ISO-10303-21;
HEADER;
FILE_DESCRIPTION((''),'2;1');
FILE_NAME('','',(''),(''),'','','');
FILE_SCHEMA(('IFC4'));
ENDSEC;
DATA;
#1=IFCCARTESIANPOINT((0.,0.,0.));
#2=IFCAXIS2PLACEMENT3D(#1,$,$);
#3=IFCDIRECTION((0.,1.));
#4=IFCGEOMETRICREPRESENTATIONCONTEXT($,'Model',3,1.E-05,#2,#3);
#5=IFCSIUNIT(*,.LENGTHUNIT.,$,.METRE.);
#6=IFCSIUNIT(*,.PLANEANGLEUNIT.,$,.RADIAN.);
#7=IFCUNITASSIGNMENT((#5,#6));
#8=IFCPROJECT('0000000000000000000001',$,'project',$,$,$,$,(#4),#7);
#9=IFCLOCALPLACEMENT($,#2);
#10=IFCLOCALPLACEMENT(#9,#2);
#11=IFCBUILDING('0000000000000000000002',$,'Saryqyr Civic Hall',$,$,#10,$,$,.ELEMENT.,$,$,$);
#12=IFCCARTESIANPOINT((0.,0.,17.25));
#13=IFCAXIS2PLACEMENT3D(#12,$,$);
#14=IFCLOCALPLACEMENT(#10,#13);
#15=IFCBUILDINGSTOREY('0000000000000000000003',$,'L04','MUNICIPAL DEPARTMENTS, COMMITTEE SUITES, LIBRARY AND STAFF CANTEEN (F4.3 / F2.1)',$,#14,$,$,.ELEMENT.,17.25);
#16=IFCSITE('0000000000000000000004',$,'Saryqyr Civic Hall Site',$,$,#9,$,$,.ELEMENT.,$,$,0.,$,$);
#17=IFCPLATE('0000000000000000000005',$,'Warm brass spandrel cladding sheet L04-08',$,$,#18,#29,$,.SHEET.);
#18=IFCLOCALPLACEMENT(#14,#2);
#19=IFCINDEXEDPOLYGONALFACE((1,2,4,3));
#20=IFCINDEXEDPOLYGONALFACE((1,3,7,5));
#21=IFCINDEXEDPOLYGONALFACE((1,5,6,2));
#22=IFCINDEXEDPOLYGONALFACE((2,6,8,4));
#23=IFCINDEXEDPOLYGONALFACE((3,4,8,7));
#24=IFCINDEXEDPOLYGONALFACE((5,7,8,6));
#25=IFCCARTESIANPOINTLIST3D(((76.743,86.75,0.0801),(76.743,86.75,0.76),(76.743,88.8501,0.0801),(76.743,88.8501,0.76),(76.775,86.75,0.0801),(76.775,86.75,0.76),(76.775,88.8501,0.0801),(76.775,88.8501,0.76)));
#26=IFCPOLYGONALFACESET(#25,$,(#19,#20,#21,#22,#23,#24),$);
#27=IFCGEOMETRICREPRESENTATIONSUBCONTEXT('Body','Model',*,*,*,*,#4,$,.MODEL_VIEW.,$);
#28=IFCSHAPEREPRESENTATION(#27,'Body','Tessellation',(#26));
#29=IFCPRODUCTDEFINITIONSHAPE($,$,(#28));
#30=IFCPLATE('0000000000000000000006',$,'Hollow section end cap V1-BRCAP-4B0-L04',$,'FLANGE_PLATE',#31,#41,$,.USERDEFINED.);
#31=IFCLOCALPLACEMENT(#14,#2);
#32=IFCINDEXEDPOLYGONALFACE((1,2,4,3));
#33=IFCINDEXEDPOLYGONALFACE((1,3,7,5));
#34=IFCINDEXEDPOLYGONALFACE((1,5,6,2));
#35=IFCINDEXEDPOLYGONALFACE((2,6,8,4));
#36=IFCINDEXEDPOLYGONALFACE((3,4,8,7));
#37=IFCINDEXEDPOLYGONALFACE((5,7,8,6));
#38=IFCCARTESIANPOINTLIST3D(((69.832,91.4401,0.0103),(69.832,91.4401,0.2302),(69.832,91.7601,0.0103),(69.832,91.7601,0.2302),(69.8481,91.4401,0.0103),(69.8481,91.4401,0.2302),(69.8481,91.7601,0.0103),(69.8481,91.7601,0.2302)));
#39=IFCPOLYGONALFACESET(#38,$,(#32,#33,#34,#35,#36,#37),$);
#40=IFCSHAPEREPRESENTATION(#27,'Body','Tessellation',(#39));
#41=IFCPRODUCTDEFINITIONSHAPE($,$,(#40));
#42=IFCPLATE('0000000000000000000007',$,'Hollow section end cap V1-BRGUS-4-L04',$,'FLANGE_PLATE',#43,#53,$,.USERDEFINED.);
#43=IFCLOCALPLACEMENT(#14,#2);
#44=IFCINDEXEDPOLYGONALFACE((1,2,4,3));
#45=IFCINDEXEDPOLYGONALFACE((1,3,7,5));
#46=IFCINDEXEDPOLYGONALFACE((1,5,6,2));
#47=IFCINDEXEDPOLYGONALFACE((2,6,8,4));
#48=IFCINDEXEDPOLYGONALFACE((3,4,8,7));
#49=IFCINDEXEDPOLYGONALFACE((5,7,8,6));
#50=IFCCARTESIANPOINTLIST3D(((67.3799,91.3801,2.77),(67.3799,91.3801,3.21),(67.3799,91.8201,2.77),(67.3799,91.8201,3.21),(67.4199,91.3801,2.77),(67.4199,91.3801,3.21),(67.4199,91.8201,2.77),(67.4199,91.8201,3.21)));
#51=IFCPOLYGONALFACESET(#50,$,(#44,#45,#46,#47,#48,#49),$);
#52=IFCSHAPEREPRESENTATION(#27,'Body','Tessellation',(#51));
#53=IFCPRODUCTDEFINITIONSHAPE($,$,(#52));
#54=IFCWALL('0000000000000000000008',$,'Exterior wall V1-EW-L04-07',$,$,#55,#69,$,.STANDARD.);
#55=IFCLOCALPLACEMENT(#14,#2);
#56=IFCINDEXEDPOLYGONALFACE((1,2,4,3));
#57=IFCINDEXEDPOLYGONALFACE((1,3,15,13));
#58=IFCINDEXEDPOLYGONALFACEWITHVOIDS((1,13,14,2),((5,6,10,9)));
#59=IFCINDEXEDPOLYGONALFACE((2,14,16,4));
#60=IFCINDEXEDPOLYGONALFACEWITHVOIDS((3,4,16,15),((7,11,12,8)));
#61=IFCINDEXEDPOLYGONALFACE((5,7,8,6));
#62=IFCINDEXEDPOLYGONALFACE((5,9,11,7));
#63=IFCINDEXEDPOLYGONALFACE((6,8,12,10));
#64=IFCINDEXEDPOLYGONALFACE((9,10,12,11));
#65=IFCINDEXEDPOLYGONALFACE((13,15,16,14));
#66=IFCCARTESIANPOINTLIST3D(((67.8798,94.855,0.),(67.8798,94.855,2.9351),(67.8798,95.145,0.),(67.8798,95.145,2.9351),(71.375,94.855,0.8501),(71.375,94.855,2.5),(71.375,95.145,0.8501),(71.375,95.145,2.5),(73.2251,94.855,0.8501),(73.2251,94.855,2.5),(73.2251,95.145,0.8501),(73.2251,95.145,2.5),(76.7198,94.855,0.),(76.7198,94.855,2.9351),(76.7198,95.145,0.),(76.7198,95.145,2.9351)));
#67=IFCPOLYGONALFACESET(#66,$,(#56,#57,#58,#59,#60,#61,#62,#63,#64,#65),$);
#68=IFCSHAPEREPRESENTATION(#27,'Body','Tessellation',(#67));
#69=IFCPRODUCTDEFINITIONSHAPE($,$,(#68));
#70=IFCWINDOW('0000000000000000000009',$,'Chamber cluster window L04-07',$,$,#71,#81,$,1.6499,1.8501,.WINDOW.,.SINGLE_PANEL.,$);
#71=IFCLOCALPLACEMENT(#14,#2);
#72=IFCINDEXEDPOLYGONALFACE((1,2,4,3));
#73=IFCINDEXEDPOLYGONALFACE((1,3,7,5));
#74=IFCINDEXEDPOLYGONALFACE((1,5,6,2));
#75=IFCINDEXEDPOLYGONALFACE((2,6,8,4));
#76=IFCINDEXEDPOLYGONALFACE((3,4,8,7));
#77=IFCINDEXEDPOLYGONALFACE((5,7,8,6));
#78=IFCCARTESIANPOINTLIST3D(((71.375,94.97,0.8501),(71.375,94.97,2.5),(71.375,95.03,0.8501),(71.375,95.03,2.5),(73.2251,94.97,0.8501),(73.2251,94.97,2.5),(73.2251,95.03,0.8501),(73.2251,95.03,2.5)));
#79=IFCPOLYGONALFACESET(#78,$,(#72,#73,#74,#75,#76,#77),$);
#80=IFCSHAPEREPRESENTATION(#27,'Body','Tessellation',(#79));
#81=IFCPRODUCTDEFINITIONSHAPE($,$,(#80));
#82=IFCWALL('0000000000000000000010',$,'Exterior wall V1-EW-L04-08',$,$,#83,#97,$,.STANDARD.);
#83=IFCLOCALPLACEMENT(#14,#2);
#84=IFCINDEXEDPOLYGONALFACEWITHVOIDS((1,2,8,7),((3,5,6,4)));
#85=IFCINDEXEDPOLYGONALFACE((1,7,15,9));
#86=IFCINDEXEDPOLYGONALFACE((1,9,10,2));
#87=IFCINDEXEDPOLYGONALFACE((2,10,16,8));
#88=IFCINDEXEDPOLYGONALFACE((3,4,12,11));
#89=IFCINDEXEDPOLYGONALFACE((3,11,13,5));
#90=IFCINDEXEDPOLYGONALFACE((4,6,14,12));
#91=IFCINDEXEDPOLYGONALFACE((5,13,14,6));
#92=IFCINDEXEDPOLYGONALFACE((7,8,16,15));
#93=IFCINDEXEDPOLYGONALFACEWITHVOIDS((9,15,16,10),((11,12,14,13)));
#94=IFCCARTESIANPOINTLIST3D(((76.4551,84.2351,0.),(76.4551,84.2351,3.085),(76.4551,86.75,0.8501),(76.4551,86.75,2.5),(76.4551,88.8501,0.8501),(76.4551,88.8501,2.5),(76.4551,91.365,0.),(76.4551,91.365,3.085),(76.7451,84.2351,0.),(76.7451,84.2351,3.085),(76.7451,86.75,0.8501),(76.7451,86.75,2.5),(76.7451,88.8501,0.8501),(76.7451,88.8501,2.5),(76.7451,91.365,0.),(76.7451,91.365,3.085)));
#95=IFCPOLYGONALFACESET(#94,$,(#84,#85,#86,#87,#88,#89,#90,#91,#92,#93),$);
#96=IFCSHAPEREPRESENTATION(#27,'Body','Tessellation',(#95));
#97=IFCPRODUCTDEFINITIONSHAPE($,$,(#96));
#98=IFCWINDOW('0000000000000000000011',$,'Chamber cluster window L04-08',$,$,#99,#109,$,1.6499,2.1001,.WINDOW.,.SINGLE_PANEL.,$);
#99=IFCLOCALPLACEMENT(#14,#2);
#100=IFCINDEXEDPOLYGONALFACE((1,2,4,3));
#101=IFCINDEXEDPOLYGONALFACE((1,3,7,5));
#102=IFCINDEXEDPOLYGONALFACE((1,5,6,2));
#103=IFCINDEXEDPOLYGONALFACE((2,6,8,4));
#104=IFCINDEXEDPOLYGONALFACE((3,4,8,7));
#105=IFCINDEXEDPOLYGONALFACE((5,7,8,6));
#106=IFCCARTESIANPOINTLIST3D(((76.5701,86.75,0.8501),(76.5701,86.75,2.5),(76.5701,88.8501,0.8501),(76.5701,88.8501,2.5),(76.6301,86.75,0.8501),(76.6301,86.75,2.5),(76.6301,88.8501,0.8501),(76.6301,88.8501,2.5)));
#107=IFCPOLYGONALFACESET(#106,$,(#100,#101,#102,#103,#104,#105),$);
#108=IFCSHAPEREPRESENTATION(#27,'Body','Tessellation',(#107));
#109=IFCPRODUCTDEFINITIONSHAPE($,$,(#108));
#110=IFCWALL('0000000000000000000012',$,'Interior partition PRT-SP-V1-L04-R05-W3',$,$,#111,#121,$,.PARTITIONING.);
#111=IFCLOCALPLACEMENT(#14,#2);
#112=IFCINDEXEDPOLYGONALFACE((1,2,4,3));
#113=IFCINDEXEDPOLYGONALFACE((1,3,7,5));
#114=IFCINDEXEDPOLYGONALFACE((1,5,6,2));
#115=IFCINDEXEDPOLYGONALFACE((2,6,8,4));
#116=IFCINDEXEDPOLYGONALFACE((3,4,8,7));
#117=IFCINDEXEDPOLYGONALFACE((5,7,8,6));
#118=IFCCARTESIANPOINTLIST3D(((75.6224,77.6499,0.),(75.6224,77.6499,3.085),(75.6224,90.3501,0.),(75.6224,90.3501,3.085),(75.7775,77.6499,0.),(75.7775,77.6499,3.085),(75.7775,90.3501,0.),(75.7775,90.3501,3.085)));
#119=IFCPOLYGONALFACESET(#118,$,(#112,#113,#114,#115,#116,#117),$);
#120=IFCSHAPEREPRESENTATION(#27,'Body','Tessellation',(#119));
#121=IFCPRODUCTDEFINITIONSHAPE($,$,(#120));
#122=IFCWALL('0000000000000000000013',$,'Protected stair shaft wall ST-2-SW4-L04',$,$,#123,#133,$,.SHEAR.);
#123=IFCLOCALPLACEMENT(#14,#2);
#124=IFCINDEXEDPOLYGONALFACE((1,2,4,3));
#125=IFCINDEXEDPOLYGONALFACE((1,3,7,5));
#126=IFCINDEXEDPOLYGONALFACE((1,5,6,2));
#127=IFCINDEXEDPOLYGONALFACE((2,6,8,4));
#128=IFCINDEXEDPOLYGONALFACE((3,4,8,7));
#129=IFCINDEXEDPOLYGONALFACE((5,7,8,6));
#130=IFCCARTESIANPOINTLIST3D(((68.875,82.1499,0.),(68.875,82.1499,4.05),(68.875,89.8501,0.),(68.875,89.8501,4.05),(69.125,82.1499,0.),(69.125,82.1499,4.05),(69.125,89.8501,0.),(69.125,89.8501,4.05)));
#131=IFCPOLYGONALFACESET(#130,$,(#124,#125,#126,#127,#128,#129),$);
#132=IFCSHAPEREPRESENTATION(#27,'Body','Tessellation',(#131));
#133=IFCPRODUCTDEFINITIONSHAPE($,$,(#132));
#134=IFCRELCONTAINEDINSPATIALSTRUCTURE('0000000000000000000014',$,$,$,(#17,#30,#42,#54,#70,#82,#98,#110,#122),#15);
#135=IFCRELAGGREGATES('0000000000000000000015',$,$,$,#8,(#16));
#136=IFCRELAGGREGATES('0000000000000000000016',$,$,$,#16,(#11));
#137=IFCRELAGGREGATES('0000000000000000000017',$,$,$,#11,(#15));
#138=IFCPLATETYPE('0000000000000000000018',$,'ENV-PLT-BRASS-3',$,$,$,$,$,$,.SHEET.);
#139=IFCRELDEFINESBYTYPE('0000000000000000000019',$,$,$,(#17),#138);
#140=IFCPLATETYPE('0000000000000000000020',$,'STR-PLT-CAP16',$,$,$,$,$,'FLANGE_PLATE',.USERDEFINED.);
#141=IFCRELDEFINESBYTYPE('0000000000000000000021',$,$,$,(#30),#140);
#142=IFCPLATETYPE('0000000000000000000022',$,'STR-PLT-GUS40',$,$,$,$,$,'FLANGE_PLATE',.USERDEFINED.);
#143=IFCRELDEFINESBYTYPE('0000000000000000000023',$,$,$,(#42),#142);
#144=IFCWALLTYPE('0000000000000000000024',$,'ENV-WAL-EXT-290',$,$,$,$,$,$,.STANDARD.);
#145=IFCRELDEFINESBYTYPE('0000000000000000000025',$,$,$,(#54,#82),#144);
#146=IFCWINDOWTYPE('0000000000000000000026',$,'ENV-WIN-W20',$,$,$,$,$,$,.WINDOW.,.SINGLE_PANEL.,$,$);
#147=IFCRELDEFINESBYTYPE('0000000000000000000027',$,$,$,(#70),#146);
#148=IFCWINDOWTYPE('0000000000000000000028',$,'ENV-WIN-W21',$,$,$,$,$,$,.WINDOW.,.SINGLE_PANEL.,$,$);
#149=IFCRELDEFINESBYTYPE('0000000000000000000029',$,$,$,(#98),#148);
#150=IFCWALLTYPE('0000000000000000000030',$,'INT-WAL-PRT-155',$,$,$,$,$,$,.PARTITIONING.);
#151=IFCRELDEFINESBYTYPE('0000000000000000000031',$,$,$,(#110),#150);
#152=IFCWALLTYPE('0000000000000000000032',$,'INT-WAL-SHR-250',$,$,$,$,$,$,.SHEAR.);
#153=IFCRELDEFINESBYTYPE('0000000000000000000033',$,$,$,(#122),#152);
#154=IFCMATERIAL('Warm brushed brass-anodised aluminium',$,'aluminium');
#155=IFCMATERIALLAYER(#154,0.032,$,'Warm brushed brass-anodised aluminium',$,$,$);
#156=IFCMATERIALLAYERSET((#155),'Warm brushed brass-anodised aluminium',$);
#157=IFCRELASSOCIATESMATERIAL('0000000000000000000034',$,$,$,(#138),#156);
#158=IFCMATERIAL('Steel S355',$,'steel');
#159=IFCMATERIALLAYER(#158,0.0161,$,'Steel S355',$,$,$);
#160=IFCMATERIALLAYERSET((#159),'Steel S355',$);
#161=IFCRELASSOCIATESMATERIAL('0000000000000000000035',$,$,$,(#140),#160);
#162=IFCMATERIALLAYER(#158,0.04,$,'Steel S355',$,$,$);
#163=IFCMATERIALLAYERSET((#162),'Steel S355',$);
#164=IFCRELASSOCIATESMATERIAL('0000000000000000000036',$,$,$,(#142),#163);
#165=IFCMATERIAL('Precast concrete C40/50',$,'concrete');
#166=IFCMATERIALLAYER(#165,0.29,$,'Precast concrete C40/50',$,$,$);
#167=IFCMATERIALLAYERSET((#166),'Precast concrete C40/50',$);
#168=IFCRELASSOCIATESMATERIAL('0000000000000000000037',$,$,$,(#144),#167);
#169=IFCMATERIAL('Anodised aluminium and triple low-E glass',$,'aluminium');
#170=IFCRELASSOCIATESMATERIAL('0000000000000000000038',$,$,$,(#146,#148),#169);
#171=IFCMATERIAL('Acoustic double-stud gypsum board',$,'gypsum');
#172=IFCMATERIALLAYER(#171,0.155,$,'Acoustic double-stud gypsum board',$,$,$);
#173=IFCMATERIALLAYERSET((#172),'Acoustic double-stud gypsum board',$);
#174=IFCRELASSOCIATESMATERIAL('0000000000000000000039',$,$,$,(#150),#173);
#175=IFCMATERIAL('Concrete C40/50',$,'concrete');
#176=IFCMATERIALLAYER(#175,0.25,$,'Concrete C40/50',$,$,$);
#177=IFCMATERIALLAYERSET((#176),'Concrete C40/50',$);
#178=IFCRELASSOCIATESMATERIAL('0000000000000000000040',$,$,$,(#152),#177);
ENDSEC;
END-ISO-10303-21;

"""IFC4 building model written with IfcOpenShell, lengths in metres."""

from ifc_helpers import new_model, si_unit, direction, frame, frame_2d, origin, origin_2d, place, context, subcontext, project, spatial, rectangle, extrude, material, layer, layer_set, type_object, element, fill, save


model = new_model("IFC4")

# Units and contexts
model_context = context("Model", 3, precision=1e-05, world=origin(), true_north=direction((0.0, 1.0)))
body_context = subcontext(model_context, "Body", "Model", "MODEL_VIEW")
ifc_project = project(units=[si_unit("LENGTHUNIT", "METRE"), si_unit("PLANEANGLEUNIT", "RADIAN")], contexts=[model_context])

# Site, building, storey
site_placement = place(None, origin())
site = spatial("IfcSite", under=ifc_project, at=site_placement, Name="Saryqyr Civic Hall Site", CompositionType="ELEMENT", RefElevation=0.0)
building_placement = place(site_placement, origin())
building = spatial("IfcBuilding", under=site, at=building_placement, Name="Saryqyr Civic Hall", CompositionType="ELEMENT")
storey_placement = place(building_placement, frame((0.0, 0.0, 17.25)))
storey = spatial("IfcBuildingStorey", under=building, at=storey_placement, Name="L04", Description="MUNICIPAL DEPARTMENTS, COMMITTEE SUITES, LIBRARY AND STAFF CANTEEN (F4.3 / F2.1)", CompositionType="ELEMENT", Elevation=17.25)

# Shared definitions
ifc_material_1 = material(Name="Concrete C40/50", Category="concrete")

# Shared definitions
ifc_material_2 = material(Name="Steel S355", Category="steel")

# Plates
ifc_material_3 = material(Name="Warm brushed brass-anodised aluminium", Category="aluminium")
ifc_layer_1 = layer(ifc_material_3, 0.032, Name="Warm brushed brass-anodised aluminium")
ifc_layer_set_1 = layer_set([ifc_layer_1], Name="Warm brushed brass-anodised aluminium")
plate_type_1 = type_object("IfcPlateType", Name="ENV-PLT-BRASS-3", PredefinedType="SHEET", material=ifc_layer_set_1)
plate_1_placement = place(storey_placement, frame((76.759, 87.8, 0.0801), z_axis=(0.0, 0.0, 1.0), x_axis=(0.0, -1.0, 0.0)))
element("IfcPlate", 1, at=plate_1_placement, inside=storey, type_object=plate_type_1, Name="Warm brass spandrel cladding sheet L04-08", PredefinedType="SHEET", context=body_context, shape_type="SweptSolid", body=[
    extrude(rectangle(XDim=2.1001, YDim=0.032, at=origin_2d()), origin(), (0.0, 0.0, 1.0), 0.6799),
])
ifc_layer_2 = layer(ifc_material_2, 0.0161, Name="Steel S355")
ifc_layer_set_2 = layer_set([ifc_layer_2], Name="Steel S355")
plate_type_2 = type_object("IfcPlateType", Name="STR-PLT-CAP16", ElementType="FLANGE_PLATE", PredefinedType="USERDEFINED", material=ifc_layer_set_2)
plate_2_placement = place(storey_placement, frame((69.8401, 91.6001, 0.0103), z_axis=(0.0, 0.0, 1.0), x_axis=(1.0, 0.0, 0.0)))
element("IfcPlate", 2, at=plate_2_placement, inside=storey, type_object=plate_type_2, Name="Hollow section end cap V1-BRCAP-4B0-L04", ObjectType="FLANGE_PLATE", PredefinedType="USERDEFINED", context=body_context, shape_type="SweptSolid", body=[
    extrude(rectangle(XDim=0.0161, YDim=0.3201, at=origin_2d()), origin(), (0.0, 0.0, 1.0), 0.22),
])
ifc_layer_3 = layer(ifc_material_2, 0.04, Name="Steel S355")
ifc_layer_set_3 = layer_set([ifc_layer_3], Name="Steel S355")
plate_type_3 = type_object("IfcPlateType", Name="STR-PLT-GUS40", ElementType="FLANGE_PLATE", PredefinedType="USERDEFINED", material=ifc_layer_set_3)
plate_3_placement = place(storey_placement, frame((67.3999, 91.6001, 2.77), z_axis=(0.0, 0.0, 1.0), x_axis=(1.0, 0.0, 0.0)))
element("IfcPlate", 3, at=plate_3_placement, inside=storey, type_object=plate_type_3, Name="Hollow section end cap V1-BRGUS-4-L04", ObjectType="FLANGE_PLATE", PredefinedType="USERDEFINED", context=body_context, shape_type="SweptSolid", body=[
    extrude(rectangle(XDim=0.04, YDim=0.4399, at=origin_2d()), origin(), (0.0, 0.0, 1.0), 0.4399),
])

# Walls, openings, windows
ifc_material_4 = material(Name="Precast concrete C40/50", Category="concrete")
ifc_layer_4 = layer(ifc_material_4, 0.29, Name="Precast concrete C40/50")
ifc_layer_set_4 = layer_set([ifc_layer_4], Name="Precast concrete C40/50")
wall_type_1 = type_object("IfcWallType", Name="ENV-WAL-EXT-290", PredefinedType="STANDARD", material=ifc_layer_set_4)
wall_1_placement = place(storey_placement, frame((67.8799, 95.0, 0.0), z_axis=(0.0, 0.0, 1.0), x_axis=(1.0, 0.0, 0.0)))
wall_1 = element("IfcWall", 4, at=wall_1_placement, inside=storey, type_object=wall_type_1, Name="Exterior wall V1-EW-L04-07", PredefinedType="STANDARD", context=body_context, shape_type="SweptSolid", body=[
    extrude(rectangle(XDim=8.8401, YDim=0.29, at=frame_2d((4.4199, 0.0))), origin(), (0.0, 0.0, 1.0), 2.9351),
])
opening_1_placement = place(wall_1_placement, frame((3.4951, 0.0, 0.8501)))
opening_1 = element("IfcOpeningElement", 5, at=opening_1_placement, cuts=wall_1, PredefinedType="OPENING", context=body_context, shape_type="SweptSolid", body=[
    extrude(rectangle(XDim=1.8501, YDim=1.6499, at=frame_2d((0.925, 0.825))), frame((0.0, 0.155, 0.0), z_axis=(0.0, -1.0, 0.0), x_axis=(1.0, 0.0, 0.0)), (0.0, 0.0, 1.0), 0.3101),
])
ifc_material_5 = material(Name="Anodised aluminium and triple low-E glass", Category="aluminium")
window_type_1 = type_object("IfcWindowType", Name="ENV-WIN-W20", PartitioningType="SINGLE_PANEL", PredefinedType="WINDOW", material=ifc_material_5)
window_1_placement = place(opening_1_placement, origin())
window_1 = element("IfcWindow", 6, at=window_1_placement, inside=storey, type_object=window_type_1, Name="Chamber cluster window L04-07", OverallHeight=1.6499, OverallWidth=1.8501, PartitioningType="SINGLE_PANEL", PredefinedType="WINDOW", context=body_context, shape_type="SweptSolid", body=[
    extrude(rectangle(XDim=1.8501, YDim=1.6499, at=frame_2d((0.925, 0.825))), frame((0.0, 0.03, 0.0), z_axis=(0.0, -1.0, 0.0), x_axis=(1.0, 0.0, 0.0)), (0.0, 0.0, 1.0), 0.0601),
])
fill(opening_1, window_1)
wall_2_placement = place(storey_placement, frame((76.6001, 91.365, 0.0), z_axis=(0.0, 0.0, 1.0), x_axis=(0.0, -1.0, 0.0)))
wall_2 = element("IfcWall", 7, at=wall_2_placement, inside=storey, type_object=wall_type_1, Name="Exterior wall V1-EW-L04-08", PredefinedType="STANDARD", context=body_context, shape_type="SweptSolid", body=[
    extrude(rectangle(XDim=7.1299, YDim=0.29, at=frame_2d((3.5649, 0.0))), origin(), (0.0, 0.0, 1.0), 3.085),
])
opening_2_placement = place(wall_2_placement, frame((2.5149, 0.0, 0.8501)))
opening_2 = element("IfcOpeningElement", 8, at=opening_2_placement, cuts=wall_2, PredefinedType="OPENING", context=body_context, shape_type="SweptSolid", body=[
    extrude(rectangle(XDim=2.1001, YDim=1.6499, at=frame_2d((1.05, 0.825))), frame((0.0, 0.155, 0.0), z_axis=(0.0, -1.0, 0.0), x_axis=(1.0, 0.0, 0.0)), (0.0, 0.0, 1.0), 0.3101),
])
window_type_2 = type_object("IfcWindowType", Name="ENV-WIN-W21", PartitioningType="SINGLE_PANEL", PredefinedType="WINDOW", material=ifc_material_5)
window_2_placement = place(opening_2_placement, origin())
window_2 = element("IfcWindow", 9, at=window_2_placement, inside=storey, type_object=window_type_2, Name="Chamber cluster window L04-08", OverallHeight=1.6499, OverallWidth=2.1001, PartitioningType="SINGLE_PANEL", PredefinedType="WINDOW", context=body_context, shape_type="SweptSolid", body=[
    extrude(rectangle(XDim=2.1001, YDim=1.6499, at=frame_2d((1.05, 0.825))), frame((0.0, 0.03, 0.0), z_axis=(0.0, -1.0, 0.0), x_axis=(1.0, 0.0, 0.0)), (0.0, 0.0, 1.0), 0.0601),
])
fill(opening_2, window_2)

# Walls
ifc_material_6 = material(Name="Acoustic double-stud gypsum board", Category="gypsum")
ifc_layer_5 = layer(ifc_material_6, 0.155, Name="Acoustic double-stud gypsum board")
ifc_layer_set_5 = layer_set([ifc_layer_5], Name="Acoustic double-stud gypsum board")
wall_type_2 = type_object("IfcWallType", Name="INT-WAL-PRT-155", PredefinedType="PARTITIONING", material=ifc_layer_set_5)
wall_3_placement = place(storey_placement, frame((75.7, 90.3501, 0.0), z_axis=(0.0, 0.0, 1.0), x_axis=(0.0, -1.0, 0.0)))
element("IfcWall", 10, at=wall_3_placement, inside=storey, type_object=wall_type_2, Name="Interior partition PRT-SP-V1-L04-R05-W3", PredefinedType="PARTITIONING", context=body_context, shape_type="SweptSolid", body=[
    extrude(rectangle(XDim=12.7002, YDim=0.155, at=frame_2d((6.3501, 0.0))), origin(), (0.0, 0.0, 1.0), 3.085),
])
ifc_layer_6 = layer(ifc_material_1, 0.25, Name="Concrete C40/50")
ifc_layer_set_6 = layer_set([ifc_layer_6], Name="Concrete C40/50")
wall_type_3 = type_object("IfcWallType", Name="INT-WAL-SHR-250", PredefinedType="SHEAR", material=ifc_layer_set_6)
wall_4_placement = place(storey_placement, frame((69.0, 89.8501, 0.0), z_axis=(0.0, 0.0, 1.0), x_axis=(0.0, -1.0, 0.0)))
element("IfcWall", 11, at=wall_4_placement, inside=storey, type_object=wall_type_3, Name="Protected stair shaft wall ST-2-SW4-L04", PredefinedType="SHEAR", context=body_context, shape_type="SweptSolid", body=[
    extrude(rectangle(XDim=7.7002, YDim=0.25, at=frame_2d((3.8501, 0.0))), origin(), (0.0, 0.0, 1.0), 4.05),
])

save(model, "model.ifc")
